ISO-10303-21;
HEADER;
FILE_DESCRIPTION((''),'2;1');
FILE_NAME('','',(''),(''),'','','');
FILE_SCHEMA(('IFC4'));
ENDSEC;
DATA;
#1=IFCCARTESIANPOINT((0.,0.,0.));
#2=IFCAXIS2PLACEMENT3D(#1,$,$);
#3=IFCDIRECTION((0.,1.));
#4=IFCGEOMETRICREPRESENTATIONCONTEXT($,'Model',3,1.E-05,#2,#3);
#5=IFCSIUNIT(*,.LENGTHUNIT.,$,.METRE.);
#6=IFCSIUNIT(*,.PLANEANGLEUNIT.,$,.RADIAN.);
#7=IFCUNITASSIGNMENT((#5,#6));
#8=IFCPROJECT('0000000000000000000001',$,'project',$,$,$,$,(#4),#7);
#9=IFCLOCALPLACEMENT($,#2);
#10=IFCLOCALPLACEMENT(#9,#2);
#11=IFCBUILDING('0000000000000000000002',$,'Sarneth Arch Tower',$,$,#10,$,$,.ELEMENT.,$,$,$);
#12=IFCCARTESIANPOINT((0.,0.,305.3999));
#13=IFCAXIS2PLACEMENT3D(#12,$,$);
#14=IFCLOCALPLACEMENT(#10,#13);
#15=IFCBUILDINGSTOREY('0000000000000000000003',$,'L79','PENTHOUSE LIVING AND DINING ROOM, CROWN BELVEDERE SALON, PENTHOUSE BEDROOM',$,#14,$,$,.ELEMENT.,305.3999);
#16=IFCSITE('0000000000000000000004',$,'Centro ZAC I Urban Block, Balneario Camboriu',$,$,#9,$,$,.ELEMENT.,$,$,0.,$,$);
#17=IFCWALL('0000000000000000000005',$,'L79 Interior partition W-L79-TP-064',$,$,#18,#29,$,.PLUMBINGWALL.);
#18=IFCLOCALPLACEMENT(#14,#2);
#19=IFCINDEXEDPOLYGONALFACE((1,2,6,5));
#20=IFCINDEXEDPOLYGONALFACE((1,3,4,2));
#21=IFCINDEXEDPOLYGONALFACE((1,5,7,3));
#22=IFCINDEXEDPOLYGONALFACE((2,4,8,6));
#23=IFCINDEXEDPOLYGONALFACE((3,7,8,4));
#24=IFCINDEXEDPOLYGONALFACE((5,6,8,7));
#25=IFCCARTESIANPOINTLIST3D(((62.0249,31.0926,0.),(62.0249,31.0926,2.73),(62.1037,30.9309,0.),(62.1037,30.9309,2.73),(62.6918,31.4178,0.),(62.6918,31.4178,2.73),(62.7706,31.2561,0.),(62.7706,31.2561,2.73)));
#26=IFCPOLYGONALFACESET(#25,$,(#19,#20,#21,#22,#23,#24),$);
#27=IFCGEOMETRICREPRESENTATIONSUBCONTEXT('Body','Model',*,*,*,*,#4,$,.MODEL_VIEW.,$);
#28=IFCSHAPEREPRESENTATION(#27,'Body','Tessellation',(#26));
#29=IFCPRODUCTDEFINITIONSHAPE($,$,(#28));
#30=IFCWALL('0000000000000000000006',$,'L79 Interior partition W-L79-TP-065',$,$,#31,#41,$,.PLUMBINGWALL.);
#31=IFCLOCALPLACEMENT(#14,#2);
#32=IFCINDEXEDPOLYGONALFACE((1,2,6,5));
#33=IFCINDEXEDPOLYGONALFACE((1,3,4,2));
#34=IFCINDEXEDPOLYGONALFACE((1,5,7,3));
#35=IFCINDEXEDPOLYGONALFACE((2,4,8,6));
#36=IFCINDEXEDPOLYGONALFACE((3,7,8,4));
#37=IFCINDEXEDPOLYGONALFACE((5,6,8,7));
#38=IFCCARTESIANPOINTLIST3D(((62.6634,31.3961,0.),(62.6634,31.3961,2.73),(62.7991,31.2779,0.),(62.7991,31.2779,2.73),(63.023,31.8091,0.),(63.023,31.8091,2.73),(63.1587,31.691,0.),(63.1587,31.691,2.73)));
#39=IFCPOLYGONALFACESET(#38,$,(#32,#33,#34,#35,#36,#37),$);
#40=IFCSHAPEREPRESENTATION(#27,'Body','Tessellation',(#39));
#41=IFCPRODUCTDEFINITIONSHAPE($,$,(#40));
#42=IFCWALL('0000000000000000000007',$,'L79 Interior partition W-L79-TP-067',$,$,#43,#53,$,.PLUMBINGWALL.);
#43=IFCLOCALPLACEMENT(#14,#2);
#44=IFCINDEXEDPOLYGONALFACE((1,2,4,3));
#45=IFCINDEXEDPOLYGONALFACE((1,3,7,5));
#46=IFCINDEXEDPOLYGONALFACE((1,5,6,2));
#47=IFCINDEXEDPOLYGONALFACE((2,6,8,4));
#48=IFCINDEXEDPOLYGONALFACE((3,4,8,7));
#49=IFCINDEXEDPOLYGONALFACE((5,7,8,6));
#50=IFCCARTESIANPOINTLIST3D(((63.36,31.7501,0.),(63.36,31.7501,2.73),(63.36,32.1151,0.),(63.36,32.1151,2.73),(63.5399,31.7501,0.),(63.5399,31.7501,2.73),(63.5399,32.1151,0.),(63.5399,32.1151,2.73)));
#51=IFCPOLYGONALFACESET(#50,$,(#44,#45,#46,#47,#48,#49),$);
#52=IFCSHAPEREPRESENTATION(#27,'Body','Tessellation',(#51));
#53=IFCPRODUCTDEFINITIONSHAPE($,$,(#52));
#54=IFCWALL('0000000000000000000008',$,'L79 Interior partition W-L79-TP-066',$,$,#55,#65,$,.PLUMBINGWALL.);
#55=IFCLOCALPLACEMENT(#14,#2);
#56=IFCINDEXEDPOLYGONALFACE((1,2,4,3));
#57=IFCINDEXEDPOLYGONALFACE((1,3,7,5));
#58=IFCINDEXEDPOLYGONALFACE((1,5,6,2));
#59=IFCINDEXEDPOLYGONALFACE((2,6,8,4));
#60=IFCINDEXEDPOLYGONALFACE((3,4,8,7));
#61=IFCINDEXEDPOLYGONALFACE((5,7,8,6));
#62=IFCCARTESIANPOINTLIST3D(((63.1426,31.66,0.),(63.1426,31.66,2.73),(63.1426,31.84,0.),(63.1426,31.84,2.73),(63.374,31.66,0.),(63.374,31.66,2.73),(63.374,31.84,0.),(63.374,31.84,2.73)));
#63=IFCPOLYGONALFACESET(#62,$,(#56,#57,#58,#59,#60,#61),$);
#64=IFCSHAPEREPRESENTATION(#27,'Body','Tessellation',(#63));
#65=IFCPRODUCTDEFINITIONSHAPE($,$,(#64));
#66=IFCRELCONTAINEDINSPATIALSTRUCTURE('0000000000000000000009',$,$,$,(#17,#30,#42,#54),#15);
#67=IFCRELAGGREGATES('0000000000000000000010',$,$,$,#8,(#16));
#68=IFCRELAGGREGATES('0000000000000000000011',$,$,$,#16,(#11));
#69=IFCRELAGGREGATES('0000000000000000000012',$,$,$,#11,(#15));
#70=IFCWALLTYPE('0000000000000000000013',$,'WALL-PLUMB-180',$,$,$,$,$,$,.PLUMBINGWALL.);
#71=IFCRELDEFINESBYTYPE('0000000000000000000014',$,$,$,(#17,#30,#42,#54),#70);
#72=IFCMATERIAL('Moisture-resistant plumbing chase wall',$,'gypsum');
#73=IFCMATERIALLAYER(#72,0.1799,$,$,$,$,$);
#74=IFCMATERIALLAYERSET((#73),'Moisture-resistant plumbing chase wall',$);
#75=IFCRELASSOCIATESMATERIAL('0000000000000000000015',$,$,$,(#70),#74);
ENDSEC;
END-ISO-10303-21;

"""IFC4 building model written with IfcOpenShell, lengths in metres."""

from ifc_helpers import new_model, si_unit, direction, frame, frame_2d, origin, place, context, subcontext, project, spatial, rectangle, extrude, material, layer, layer_set, type_object, element, save


model = new_model("IFC4")

# Units and contexts
model_context = context("Model", 3, precision=1e-05, world=origin(), true_north=direction((0.0, 1.0)))
body_context = subcontext(model_context, "Body", "Model", "MODEL_VIEW")
ifc_project = project(units=[si_unit("LENGTHUNIT", "METRE"), si_unit("PLANEANGLEUNIT", "RADIAN")], contexts=[model_context])

# Site, building, storey
site_placement = place(None, origin())
site = spatial("IfcSite", under=ifc_project, at=site_placement, Name="Centro ZAC I Urban Block, Balneario Camboriu", CompositionType="ELEMENT", RefElevation=0.0)
building_placement = place(site_placement, origin())
building = spatial("IfcBuilding", under=site, at=building_placement, Name="Sarneth Arch Tower", CompositionType="ELEMENT")
storey_placement = place(building_placement, frame((0.0, 0.0, 305.3999)))
storey = spatial("IfcBuildingStorey", under=building, at=storey_placement, Name="L79", Description="PENTHOUSE LIVING AND DINING ROOM, CROWN BELVEDERE SALON, PENTHOUSE BEDROOM", CompositionType="ELEMENT", Elevation=305.3999)

# Shared definitions
ifc_material_1 = material(Name="Moisture-resistant plumbing chase wall", Category="gypsum")
ifc_layer_1 = layer(ifc_material_1, 0.1799)
ifc_layer_set_1 = layer_set([ifc_layer_1], Name="Moisture-resistant plumbing chase wall")
wall_type_1 = type_object("IfcWallType", Name="WALL-PLUMB-180", PredefinedType="PLUMBINGWALL", material=ifc_layer_set_1)

# Walls
wall_1_placement = place(storey_placement, frame((62.0642, 31.0117, 0.0), z_axis=(0.0, 0.0, 1.0), x_axis=(0.898857, 0.438242, 0.0)))
element("IfcWall", 1, at=wall_1_placement, inside=storey, type_object=wall_type_1, Name="L79 Interior partition W-L79-TP-064", PredefinedType="PLUMBINGWALL", context=body_context, shape_type="SweptSolid", body=[
    extrude(rectangle(XDim=0.7419, YDim=0.1799, at=frame_2d((0.3711, 0.0))), origin(), (0.0, 0.0, 1.0), 2.73),
])
wall_2_placement = place(storey_placement, frame((62.7312, 31.3369, 0.0), z_axis=(0.0, 0.0, 1.0), x_axis=(0.656609, 0.754231, 0.0)))
element("IfcWall", 2, at=wall_2_placement, inside=storey, type_object=wall_type_1, Name="L79 Interior partition W-L79-TP-065", PredefinedType="PLUMBINGWALL", context=body_context, shape_type="SweptSolid", body=[
    extrude(rectangle(XDim=0.5476, YDim=0.1799, at=frame_2d((0.2739, 0.0))), origin(), (0.0, 0.0, 1.0), 2.73),
])
wall_3_placement = place(storey_placement, frame((63.45, 31.75, 0.0), z_axis=(0.0, 0.0, 1.0), x_axis=(0.0, 1.0, 0.0)))
element("IfcWall", 3, at=wall_3_placement, inside=storey, type_object=wall_type_1, Name="L79 Interior partition W-L79-TP-067", PredefinedType="PLUMBINGWALL", context=body_context, shape_type="SweptSolid", body=[
    extrude(rectangle(XDim=0.365, YDim=0.1799, at=frame_2d((0.1826, 0.0))), origin(), (0.0, 0.0, 1.0), 2.73),
])
wall_4_placement = place(storey_placement, frame((63.1426, 31.75, 0.0), z_axis=(0.0, 0.0, 1.0), x_axis=(1.0, 0.0, 0.0)))
element("IfcWall", 4, at=wall_4_placement, inside=storey, type_object=wall_type_1, Name="L79 Interior partition W-L79-TP-066", PredefinedType="PLUMBINGWALL", context=body_context, shape_type="SweptSolid", body=[
    extrude(rectangle(XDim=0.2314, YDim=0.1799, at=frame_2d((0.1157, 0.0))), origin(), (0.0, 0.0, 1.0), 2.73),
])

save(model, "model.ifc")
